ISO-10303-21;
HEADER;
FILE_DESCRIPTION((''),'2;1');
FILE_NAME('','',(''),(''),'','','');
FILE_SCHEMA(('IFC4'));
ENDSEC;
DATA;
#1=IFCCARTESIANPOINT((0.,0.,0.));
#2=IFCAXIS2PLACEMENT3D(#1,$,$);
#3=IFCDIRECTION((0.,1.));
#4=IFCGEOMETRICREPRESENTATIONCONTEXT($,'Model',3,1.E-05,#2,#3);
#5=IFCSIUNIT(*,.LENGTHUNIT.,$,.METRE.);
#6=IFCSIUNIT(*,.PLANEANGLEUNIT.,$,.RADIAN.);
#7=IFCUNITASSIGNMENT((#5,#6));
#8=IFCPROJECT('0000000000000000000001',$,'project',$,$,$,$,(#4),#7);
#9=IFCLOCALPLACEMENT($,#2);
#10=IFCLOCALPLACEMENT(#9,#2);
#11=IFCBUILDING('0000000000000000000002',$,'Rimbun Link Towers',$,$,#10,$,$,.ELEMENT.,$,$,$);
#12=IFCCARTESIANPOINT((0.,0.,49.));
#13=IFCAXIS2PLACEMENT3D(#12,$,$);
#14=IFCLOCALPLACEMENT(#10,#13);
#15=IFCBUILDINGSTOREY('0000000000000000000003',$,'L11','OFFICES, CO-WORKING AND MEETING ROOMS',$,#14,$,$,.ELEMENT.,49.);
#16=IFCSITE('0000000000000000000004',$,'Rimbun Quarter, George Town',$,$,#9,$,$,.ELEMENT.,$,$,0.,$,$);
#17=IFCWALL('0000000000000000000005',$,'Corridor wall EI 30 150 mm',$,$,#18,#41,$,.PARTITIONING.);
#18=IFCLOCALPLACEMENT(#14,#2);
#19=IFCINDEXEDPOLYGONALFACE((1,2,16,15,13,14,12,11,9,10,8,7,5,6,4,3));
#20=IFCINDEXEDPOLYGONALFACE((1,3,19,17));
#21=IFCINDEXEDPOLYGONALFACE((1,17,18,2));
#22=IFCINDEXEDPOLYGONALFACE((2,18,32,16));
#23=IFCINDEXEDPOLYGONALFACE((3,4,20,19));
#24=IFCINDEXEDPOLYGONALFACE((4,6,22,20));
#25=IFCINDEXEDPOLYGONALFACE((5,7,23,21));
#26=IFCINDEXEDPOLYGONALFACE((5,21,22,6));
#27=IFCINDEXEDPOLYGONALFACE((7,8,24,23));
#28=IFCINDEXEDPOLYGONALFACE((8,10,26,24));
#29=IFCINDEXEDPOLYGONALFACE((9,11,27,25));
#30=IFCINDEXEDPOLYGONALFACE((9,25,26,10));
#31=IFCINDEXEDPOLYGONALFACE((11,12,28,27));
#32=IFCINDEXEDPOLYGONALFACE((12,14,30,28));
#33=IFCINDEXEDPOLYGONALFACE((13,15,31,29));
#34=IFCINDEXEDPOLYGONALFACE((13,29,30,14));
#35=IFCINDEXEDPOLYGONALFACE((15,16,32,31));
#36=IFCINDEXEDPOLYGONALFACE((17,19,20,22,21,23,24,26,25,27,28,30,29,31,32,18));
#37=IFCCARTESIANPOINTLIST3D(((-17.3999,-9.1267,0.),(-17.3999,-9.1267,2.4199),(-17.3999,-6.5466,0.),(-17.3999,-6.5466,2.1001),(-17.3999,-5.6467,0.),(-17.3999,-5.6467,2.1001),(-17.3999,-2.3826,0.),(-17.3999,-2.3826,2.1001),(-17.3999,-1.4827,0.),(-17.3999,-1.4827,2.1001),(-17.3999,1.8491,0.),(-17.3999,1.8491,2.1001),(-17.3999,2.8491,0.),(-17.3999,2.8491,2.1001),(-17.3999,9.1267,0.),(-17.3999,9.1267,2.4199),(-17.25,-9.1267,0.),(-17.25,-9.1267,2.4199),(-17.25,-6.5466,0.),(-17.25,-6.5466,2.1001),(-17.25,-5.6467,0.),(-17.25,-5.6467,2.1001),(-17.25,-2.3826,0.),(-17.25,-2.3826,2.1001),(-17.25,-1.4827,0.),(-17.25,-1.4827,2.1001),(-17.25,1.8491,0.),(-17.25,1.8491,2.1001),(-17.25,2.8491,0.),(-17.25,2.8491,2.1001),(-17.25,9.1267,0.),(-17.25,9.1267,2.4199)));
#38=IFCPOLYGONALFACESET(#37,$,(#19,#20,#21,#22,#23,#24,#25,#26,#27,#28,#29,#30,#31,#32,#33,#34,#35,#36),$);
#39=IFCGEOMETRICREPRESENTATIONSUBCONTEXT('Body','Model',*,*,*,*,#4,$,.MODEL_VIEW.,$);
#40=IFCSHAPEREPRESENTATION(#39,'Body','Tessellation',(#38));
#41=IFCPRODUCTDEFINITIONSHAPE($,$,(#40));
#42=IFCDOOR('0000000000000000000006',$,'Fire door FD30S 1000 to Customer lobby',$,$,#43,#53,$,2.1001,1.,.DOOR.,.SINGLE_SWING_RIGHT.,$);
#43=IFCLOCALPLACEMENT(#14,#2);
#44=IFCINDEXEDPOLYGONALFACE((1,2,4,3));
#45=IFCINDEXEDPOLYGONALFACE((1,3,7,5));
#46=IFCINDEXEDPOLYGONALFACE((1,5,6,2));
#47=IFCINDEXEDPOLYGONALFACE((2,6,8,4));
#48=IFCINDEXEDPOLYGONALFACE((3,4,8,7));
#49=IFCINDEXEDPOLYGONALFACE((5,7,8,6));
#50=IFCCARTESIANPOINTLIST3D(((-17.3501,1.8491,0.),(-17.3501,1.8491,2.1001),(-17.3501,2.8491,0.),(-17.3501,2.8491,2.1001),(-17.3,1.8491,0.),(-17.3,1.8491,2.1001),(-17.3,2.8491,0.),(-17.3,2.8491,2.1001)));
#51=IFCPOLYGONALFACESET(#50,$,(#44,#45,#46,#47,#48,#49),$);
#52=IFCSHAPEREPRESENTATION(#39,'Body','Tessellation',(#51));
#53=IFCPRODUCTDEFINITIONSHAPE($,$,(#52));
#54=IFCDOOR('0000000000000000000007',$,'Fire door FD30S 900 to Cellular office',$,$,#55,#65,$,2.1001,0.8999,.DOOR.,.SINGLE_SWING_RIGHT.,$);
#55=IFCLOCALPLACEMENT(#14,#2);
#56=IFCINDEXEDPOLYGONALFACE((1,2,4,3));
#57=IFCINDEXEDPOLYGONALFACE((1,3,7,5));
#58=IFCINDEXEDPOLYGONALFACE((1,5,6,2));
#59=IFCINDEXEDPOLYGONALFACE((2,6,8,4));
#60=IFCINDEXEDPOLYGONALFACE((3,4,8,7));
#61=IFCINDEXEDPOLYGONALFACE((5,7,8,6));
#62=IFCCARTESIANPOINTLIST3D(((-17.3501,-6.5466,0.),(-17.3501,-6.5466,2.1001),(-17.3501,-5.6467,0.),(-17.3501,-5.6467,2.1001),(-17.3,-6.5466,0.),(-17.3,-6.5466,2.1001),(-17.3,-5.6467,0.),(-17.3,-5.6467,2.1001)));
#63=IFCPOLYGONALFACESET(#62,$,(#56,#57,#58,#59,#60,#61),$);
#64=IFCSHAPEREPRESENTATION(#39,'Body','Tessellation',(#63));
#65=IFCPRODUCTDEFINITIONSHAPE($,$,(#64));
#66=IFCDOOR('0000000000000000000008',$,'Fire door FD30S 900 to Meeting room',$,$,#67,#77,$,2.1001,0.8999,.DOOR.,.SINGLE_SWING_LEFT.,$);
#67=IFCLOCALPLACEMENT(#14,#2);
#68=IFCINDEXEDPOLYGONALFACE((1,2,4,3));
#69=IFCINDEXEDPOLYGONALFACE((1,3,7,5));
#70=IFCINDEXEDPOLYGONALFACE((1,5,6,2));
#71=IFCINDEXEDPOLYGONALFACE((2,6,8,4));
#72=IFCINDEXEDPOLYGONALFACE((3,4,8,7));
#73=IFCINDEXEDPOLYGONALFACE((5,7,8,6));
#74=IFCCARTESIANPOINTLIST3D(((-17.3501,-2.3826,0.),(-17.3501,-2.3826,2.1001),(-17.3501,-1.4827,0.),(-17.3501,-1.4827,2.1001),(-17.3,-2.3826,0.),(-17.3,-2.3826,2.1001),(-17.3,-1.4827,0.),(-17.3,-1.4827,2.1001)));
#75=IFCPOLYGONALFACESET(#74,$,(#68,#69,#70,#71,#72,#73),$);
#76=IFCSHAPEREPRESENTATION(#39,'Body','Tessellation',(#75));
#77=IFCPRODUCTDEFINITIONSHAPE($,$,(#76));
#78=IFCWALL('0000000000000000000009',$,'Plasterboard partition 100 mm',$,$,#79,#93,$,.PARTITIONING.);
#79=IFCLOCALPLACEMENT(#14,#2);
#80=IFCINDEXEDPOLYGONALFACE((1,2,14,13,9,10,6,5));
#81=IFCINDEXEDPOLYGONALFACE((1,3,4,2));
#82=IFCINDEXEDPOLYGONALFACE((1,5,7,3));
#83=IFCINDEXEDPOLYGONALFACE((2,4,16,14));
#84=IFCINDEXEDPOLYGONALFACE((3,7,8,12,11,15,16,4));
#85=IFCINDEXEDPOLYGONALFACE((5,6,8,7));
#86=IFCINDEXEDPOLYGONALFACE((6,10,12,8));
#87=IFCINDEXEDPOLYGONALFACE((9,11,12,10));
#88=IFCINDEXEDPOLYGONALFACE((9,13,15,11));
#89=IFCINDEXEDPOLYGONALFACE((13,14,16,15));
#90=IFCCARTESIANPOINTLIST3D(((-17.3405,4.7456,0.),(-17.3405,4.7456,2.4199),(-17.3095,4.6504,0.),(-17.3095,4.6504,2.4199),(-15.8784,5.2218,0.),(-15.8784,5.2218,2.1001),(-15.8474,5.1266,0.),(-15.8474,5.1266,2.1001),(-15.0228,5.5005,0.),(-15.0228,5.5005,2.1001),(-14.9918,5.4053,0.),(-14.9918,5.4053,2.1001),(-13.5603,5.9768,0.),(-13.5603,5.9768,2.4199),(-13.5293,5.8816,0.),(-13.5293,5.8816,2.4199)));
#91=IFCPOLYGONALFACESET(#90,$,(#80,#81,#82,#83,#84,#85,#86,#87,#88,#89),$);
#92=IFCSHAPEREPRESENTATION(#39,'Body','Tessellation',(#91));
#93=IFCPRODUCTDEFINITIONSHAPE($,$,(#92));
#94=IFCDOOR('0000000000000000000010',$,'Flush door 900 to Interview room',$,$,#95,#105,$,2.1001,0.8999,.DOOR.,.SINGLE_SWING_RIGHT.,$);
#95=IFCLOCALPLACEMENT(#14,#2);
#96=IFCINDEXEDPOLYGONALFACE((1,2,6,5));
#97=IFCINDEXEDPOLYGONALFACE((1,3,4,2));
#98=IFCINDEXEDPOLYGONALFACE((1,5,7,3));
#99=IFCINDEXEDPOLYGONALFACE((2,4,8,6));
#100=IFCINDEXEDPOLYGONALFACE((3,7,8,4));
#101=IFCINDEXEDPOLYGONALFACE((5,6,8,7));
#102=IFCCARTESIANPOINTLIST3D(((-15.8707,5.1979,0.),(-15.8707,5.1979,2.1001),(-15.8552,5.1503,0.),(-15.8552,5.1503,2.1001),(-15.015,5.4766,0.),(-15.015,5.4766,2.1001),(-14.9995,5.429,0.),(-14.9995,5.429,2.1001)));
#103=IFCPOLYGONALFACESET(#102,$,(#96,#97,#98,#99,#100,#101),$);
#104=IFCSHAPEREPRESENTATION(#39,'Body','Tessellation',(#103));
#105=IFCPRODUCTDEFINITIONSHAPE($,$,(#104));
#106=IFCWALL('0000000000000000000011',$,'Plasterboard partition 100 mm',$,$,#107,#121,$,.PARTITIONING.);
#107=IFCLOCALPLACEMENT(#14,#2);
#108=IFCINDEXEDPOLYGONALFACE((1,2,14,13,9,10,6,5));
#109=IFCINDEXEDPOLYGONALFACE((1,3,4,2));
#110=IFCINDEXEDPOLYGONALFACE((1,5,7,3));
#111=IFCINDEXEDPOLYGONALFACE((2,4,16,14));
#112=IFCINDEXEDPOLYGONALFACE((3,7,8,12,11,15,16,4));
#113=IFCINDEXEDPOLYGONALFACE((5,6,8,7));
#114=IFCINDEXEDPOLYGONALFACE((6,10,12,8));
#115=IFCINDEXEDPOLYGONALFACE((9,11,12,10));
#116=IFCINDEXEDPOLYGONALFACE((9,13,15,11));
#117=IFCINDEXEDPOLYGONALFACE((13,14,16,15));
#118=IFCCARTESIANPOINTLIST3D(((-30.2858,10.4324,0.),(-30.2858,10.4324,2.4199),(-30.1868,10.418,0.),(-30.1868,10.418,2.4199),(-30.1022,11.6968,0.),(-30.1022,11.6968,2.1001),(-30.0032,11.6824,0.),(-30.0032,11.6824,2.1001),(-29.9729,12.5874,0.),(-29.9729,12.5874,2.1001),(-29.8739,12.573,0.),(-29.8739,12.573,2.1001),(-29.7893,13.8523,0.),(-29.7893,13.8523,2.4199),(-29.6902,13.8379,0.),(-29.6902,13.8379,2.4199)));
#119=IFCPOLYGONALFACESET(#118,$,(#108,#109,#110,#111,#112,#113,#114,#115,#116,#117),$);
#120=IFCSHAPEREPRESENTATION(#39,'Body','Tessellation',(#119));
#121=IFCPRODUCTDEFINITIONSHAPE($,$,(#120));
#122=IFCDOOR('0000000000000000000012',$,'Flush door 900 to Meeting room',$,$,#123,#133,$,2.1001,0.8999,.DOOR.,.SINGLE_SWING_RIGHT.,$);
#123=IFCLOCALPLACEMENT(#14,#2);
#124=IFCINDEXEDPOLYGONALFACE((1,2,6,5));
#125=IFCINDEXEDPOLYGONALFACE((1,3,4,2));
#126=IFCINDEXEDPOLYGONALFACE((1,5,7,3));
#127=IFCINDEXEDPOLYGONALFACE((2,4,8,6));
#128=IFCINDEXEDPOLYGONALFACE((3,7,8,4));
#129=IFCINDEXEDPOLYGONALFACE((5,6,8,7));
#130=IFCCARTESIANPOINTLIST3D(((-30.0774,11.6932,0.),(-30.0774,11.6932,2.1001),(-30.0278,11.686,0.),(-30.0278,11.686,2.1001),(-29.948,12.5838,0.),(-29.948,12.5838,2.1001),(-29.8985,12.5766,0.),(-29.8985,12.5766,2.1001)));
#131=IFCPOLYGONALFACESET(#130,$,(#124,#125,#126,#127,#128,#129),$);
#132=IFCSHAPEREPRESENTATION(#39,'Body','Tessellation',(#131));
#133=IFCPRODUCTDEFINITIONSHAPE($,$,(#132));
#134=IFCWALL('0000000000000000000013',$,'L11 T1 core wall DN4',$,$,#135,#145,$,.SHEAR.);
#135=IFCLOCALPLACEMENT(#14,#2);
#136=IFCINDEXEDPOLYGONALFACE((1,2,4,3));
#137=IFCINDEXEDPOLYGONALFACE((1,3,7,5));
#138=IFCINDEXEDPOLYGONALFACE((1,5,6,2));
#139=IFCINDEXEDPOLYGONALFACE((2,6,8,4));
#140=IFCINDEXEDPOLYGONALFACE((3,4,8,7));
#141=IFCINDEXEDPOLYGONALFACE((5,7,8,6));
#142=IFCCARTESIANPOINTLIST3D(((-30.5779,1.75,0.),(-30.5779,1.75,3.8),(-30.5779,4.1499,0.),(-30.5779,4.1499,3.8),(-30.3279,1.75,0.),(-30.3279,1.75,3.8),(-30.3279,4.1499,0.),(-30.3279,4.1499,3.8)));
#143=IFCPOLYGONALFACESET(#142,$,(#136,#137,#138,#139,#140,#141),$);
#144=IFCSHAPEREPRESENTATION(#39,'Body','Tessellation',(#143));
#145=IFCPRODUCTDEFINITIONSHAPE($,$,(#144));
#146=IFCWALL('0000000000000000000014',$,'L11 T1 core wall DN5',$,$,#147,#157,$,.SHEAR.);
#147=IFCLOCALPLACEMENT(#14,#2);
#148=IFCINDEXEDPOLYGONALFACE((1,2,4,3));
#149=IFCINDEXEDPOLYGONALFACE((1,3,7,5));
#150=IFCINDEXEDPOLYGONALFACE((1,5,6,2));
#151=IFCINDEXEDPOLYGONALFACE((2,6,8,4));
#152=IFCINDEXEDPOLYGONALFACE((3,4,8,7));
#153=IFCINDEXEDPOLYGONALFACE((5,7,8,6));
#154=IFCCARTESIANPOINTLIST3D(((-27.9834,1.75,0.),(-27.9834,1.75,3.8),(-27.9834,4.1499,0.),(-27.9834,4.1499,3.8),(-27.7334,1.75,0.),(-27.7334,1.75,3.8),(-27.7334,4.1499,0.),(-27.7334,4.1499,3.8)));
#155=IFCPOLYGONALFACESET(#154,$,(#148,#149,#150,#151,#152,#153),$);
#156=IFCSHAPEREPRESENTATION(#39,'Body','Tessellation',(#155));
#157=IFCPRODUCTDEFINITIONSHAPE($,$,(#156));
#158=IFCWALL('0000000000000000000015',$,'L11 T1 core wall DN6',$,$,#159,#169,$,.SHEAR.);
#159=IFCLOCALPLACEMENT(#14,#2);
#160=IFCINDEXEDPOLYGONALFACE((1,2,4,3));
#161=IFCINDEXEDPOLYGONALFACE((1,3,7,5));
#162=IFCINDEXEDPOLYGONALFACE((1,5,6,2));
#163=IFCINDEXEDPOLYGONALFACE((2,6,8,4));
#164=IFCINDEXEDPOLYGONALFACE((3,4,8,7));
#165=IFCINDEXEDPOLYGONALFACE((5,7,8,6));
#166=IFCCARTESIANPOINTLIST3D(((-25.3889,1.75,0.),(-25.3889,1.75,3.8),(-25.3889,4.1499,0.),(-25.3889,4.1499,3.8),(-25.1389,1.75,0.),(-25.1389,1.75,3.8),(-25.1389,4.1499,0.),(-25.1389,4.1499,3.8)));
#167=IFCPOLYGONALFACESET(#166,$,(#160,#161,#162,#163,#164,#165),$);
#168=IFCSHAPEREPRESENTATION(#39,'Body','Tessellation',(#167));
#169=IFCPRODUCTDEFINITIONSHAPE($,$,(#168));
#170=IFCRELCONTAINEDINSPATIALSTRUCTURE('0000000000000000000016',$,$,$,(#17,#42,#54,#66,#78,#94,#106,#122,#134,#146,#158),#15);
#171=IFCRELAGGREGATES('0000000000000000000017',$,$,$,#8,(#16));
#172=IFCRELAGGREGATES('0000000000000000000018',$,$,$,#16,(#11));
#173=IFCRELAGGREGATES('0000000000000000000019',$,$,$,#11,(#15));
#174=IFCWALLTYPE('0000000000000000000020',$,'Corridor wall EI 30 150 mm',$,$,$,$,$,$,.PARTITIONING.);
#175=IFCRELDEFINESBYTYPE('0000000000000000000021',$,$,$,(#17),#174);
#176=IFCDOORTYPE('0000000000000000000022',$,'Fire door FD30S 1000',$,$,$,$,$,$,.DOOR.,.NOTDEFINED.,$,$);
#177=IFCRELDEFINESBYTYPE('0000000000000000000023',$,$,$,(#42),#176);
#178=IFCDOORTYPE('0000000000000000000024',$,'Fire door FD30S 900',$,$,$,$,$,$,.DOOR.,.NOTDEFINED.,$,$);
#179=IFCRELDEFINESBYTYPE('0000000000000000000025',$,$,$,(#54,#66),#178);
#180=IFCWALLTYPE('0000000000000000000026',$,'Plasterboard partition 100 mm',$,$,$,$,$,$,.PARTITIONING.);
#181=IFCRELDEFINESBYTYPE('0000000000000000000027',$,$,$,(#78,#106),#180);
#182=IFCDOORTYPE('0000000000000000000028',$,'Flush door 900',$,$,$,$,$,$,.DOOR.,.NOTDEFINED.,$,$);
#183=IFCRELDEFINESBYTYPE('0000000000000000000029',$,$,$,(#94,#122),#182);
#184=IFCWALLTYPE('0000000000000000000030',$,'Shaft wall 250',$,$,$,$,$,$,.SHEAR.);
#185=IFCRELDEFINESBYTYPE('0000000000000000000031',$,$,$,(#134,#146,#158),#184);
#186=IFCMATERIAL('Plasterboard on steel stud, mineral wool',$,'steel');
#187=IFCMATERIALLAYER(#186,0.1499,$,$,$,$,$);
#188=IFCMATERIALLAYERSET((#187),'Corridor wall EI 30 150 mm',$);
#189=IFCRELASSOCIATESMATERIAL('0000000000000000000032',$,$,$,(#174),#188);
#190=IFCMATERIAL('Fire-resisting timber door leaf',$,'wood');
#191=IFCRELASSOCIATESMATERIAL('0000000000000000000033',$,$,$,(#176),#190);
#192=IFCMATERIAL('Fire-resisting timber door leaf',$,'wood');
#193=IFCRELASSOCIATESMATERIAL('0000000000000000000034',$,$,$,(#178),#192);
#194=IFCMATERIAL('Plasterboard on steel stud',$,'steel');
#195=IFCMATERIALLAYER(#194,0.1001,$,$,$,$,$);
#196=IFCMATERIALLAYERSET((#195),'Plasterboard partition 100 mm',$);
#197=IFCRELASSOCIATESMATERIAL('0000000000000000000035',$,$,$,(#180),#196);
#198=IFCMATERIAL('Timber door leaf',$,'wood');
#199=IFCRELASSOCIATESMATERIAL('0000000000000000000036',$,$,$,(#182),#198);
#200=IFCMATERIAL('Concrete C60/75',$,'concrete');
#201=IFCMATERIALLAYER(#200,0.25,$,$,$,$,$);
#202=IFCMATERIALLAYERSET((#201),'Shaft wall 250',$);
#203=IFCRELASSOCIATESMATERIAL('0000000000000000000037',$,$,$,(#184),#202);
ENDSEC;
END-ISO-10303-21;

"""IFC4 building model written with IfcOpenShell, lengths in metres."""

from ifc_helpers import new_model, si_unit, direction, frame, frame_2d, origin, place, context, subcontext, project, spatial, rectangle, extrude, material, layer, layer_set, type_object, element, fill, save


model = new_model("IFC4")

# Units and contexts
model_context = context("Model", 3, precision=1e-05, world=origin(), true_north=direction((0.0, 1.0)))
body_context = subcontext(model_context, "Body", "Model", "MODEL_VIEW")
ifc_project = project(units=[si_unit("LENGTHUNIT", "METRE"), si_unit("PLANEANGLEUNIT", "RADIAN")], contexts=[model_context])

# Site, building, storey
site_placement = place(None, origin())
site = spatial("IfcSite", under=ifc_project, at=site_placement, Name="Rimbun Quarter, George Town", CompositionType="ELEMENT", RefElevation=0.0)
building_placement = place(site_placement, origin())
building = spatial("IfcBuilding", under=site, at=building_placement, Name="Rimbun Link Towers", CompositionType="ELEMENT")
storey_placement = place(building_placement, frame((0.0, 0.0, 49.0)))
storey = spatial("IfcBuildingStorey", under=building, at=storey_placement, Name="L11", Description="OFFICES, CO-WORKING AND MEETING ROOMS", CompositionType="ELEMENT", Elevation=49.0)

# Shared definitions
ifc_material_1 = material(Name="Plasterboard on steel stud, mineral wool", Category="steel")
ifc_layer_1 = layer(ifc_material_1, 0.1499)
ifc_layer_set_1 = layer_set([ifc_layer_1], Name="Corridor wall EI 30 150 mm")
wall_type_1 = type_object("IfcWallType", Name="Corridor wall EI 30 150 mm", PredefinedType="PARTITIONING", material=ifc_layer_set_1)

# Wall, openings, doors
wall_1_placement = place(storey_placement, frame((-17.325, 9.1267, 0.0), z_axis=(0.0, 0.0, 1.0), x_axis=(0.0, -1.0, 0.0)))
wall_1 = element("IfcWall", 1, at=wall_1_placement, inside=storey, type_object=wall_type_1, Name="Corridor wall EI 30 150 mm", PredefinedType="PARTITIONING", context=body_context, shape_type="SweptSolid", body=[
    extrude(rectangle(XDim=18.2534, YDim=0.1499, at=frame_2d((9.1267, 0.0))), origin(), (0.0, 0.0, 1.0), 2.4199),
])
opening_1_placement = place(wall_1_placement, frame((14.7734, 0.0, 0.0)))
opening_1 = element("IfcOpeningElement", 2, at=opening_1_placement, cuts=wall_1, PredefinedType="OPENING", context=body_context, shape_type="SweptSolid", body=[
    extrude(rectangle(XDim=0.8999, YDim=2.1001, at=frame_2d((0.45, 1.05))), frame((0.0, 0.085, 0.0), z_axis=(0.0, -1.0, 0.0), x_axis=(1.0, 0.0, 0.0)), (0.0, 0.0, 1.0), 0.1699),
])
opening_2_placement = place(wall_1_placement, frame((10.6094, 0.0, 0.0)))
opening_2 = element("IfcOpeningElement", 3, at=opening_2_placement, cuts=wall_1, PredefinedType="OPENING", context=body_context, shape_type="SweptSolid", body=[
    extrude(rectangle(XDim=0.8999, YDim=2.1001, at=frame_2d((0.45, 1.05))), frame((0.0, 0.085, 0.0), z_axis=(0.0, -1.0, 0.0), x_axis=(1.0, 0.0, 0.0)), (0.0, 0.0, 1.0), 0.1699),
])
opening_3_placement = place(wall_1_placement, frame((6.2776, 0.0, 0.0)))
opening_3 = element("IfcOpeningElement", 4, at=opening_3_placement, cuts=wall_1, PredefinedType="OPENING", context=body_context, shape_type="SweptSolid", body=[
    extrude(rectangle(XDim=1.0, YDim=2.1001, at=frame_2d((0.5, 1.05))), frame((0.0, 0.085, 0.0), z_axis=(0.0, -1.0, 0.0), x_axis=(1.0, 0.0, 0.0)), (0.0, 0.0, 1.0), 0.1699),
])
ifc_material_2 = material(Name="Fire-resisting timber door leaf", Category="wood")
door_type_1 = type_object("IfcDoorType", Name="Fire door FD30S 1000", OperationType="NOTDEFINED", PredefinedType="DOOR", material=ifc_material_2)
door_1_placement = place(opening_3_placement, origin())
door_1 = element("IfcDoor", 5, at=door_1_placement, inside=storey, type_object=door_type_1, Name="Fire door FD30S 1000 to Customer lobby", OperationType="SINGLE_SWING_RIGHT", OverallHeight=2.1001, OverallWidth=1.0, PredefinedType="DOOR", context=body_context, shape_type="SweptSolid", body=[
    extrude(rectangle(XDim=1.0, YDim=2.1001, at=frame_2d((0.5, 1.05))), frame((0.0, 0.0249, 0.0), z_axis=(0.0, -1.0, 0.0), x_axis=(1.0, 0.0, 0.0)), (0.0, 0.0, 1.0), 0.05),
])
fill(opening_3, door_1)
ifc_material_3 = material(Name="Fire-resisting timber door leaf", Category="wood")
door_type_2 = type_object("IfcDoorType", Name="Fire door FD30S 900", OperationType="NOTDEFINED", PredefinedType="DOOR", material=ifc_material_3)
door_2_placement = place(opening_1_placement, origin())
door_2 = element("IfcDoor", 6, at=door_2_placement, inside=storey, type_object=door_type_2, Name="Fire door FD30S 900 to Cellular office", OperationType="SINGLE_SWING_RIGHT", OverallHeight=2.1001, OverallWidth=0.8999, PredefinedType="DOOR", context=body_context, shape_type="SweptSolid", body=[
    extrude(rectangle(XDim=0.8999, YDim=2.1001, at=frame_2d((0.45, 1.05))), frame((0.0, 0.0249, 0.0), z_axis=(0.0, -1.0, 0.0), x_axis=(1.0, 0.0, 0.0)), (0.0, 0.0, 1.0), 0.05),
])
fill(opening_1, door_2)
door_3_placement = place(opening_2_placement, origin())
door_3 = element("IfcDoor", 7, at=door_3_placement, inside=storey, type_object=door_type_2, Name="Fire door FD30S 900 to Meeting room", OperationType="SINGLE_SWING_LEFT", OverallHeight=2.1001, OverallWidth=0.8999, PredefinedType="DOOR", context=body_context, shape_type="SweptSolid", body=[
    extrude(rectangle(XDim=0.8999, YDim=2.1001, at=frame_2d((0.45, 1.05))), frame((0.0, 0.0249, 0.0), z_axis=(0.0, -1.0, 0.0), x_axis=(1.0, 0.0, 0.0)), (0.0, 0.0, 1.0), 0.05),
])
fill(opening_2, door_3)

# Walls, openings, doors
ifc_material_4 = material(Name="Plasterboard on steel stud", Category="steel")
ifc_layer_2 = layer(ifc_material_4, 0.1001)
ifc_layer_set_2 = layer_set([ifc_layer_2], Name="Plasterboard partition 100 mm")
wall_type_2 = type_object("IfcWallType", Name="Plasterboard partition 100 mm", PredefinedType="PARTITIONING", material=ifc_layer_set_2)
wall_2_placement = place(storey_placement, frame((-17.325, 4.698, 0.0), z_axis=(0.0, 0.0, 1.0), x_axis=(0.950835, 0.309698, 0.0)))
wall_2 = element("IfcWall", 8, at=wall_2_placement, inside=storey, type_object=wall_type_2, Name="Plasterboard partition 100 mm", PredefinedType="PARTITIONING", context=body_context, shape_type="SweptSolid", body=[
    extrude(rectangle(XDim=3.9756, YDim=0.1001, at=frame_2d((1.9878, 0.0))), origin(), (0.0, 0.0, 1.0), 2.4199),
])
opening_4_placement = place(wall_2_placement, frame((1.5376, 0.0, 0.0)))
opening_4 = element("IfcOpeningElement", 9, at=opening_4_placement, cuts=wall_2, PredefinedType="OPENING", context=body_context, shape_type="SweptSolid", body=[
    extrude(rectangle(XDim=0.8999, YDim=2.1001, at=frame_2d((0.45, 1.05))), frame((0.0, 0.0601, 0.0), z_axis=(0.0, -1.0, 0.0), x_axis=(1.0, 0.0, 0.0)), (0.0, 0.0, 1.0), 0.1201),
])
ifc_material_5 = material(Name="Timber door leaf", Category="wood")
door_type_3 = type_object("IfcDoorType", Name="Flush door 900", OperationType="NOTDEFINED", PredefinedType="DOOR", material=ifc_material_5)
door_4_placement = place(opening_4_placement, origin())
door_4 = element("IfcDoor", 10, at=door_4_placement, inside=storey, type_object=door_type_3, Name="Flush door 900 to Interview room", OperationType="SINGLE_SWING_RIGHT", OverallHeight=2.1001, OverallWidth=0.8999, PredefinedType="DOOR", context=body_context, shape_type="SweptSolid", body=[
    extrude(rectangle(XDim=0.8999, YDim=2.1001, at=frame_2d((0.45, 1.05))), frame((0.0, 0.0249, 0.0), z_axis=(0.0, -1.0, 0.0), x_axis=(1.0, 0.0, 0.0)), (0.0, 0.0, 1.0), 0.05),
])
fill(opening_4, door_4)
wall_3_placement = place(storey_placement, frame((-30.2363, 10.425, 0.0), z_axis=(0.0, 0.0, 1.0), x_axis=(0.143696, 0.989622, 0.0)))
wall_3 = element("IfcWall", 11, at=wall_3_placement, inside=storey, type_object=wall_type_2, Name="Plasterboard partition 100 mm", PredefinedType="PARTITIONING", context=body_context, shape_type="SweptSolid", body=[
    extrude(rectangle(XDim=3.4558, YDim=0.1001, at=frame_2d((1.728, 0.0))), origin(), (0.0, 0.0, 1.0), 2.4199),
])
opening_5_placement = place(wall_3_placement, frame((1.2778, 0.0, 0.0)))
opening_5 = element("IfcOpeningElement", 12, at=opening_5_placement, cuts=wall_3, PredefinedType="OPENING", context=body_context, shape_type="SweptSolid", body=[
    extrude(rectangle(XDim=0.8999, YDim=2.1001, at=frame_2d((0.45, 1.05))), frame((0.0, 0.0601, 0.0), z_axis=(0.0, -1.0, 0.0), x_axis=(1.0, 0.0, 0.0)), (0.0, 0.0, 1.0), 0.1201),
])
door_5_placement = place(opening_5_placement, origin())
door_5 = element("IfcDoor", 13, at=door_5_placement, inside=storey, type_object=door_type_3, Name="Flush door 900 to Meeting room", OperationType="SINGLE_SWING_RIGHT", OverallHeight=2.1001, OverallWidth=0.8999, PredefinedType="DOOR", context=body_context, shape_type="SweptSolid", body=[
    extrude(rectangle(XDim=0.8999, YDim=2.1001, at=frame_2d((0.45, 1.05))), frame((0.0, 0.0249, 0.0), z_axis=(0.0, -1.0, 0.0), x_axis=(1.0, 0.0, 0.0)), (0.0, 0.0, 1.0), 0.05),
])
fill(opening_5, door_5)

# Walls
ifc_material_6 = material(Name="Concrete C60/75", Category="concrete")
ifc_layer_3 = layer(ifc_material_6, 0.25)
ifc_layer_set_3 = layer_set([ifc_layer_3], Name="Shaft wall 250")
wall_type_3 = type_object("IfcWallType", Name="Shaft wall 250", PredefinedType="SHEAR", material=ifc_layer_set_3)
for number, where, z_axis, x_axis, name in (
    (14, (-30.4529, 1.75, 0.0), (0.0, 0.0, 1.0), (0.0, 1.0, 0.0), "L11 T1 core wall DN4"),
    (15, (-27.8584, 1.75, 0.0), (0.0, 0.0, 1.0), (0.0, 1.0, 0.0), "L11 T1 core wall DN5"),
    (16, (-25.2639, 1.75, 0.0), (0.0, 0.0, 1.0), (0.0, 1.0, 0.0), "L11 T1 core wall DN6"),
):
    element("IfcWall", number, at=place(storey_placement, frame(where, z_axis=z_axis, x_axis=x_axis)), inside=storey, type_object=wall_type_3, Name=name, PredefinedType="SHEAR", context=body_context, shape_type="SweptSolid", body=[
        extrude(rectangle(XDim=2.3999, YDim=0.25, at=frame_2d((1.2, 0.0))), origin(), (0.0, 0.0, 1.0), 3.8),
    ])

save(model, "model.ifc")
